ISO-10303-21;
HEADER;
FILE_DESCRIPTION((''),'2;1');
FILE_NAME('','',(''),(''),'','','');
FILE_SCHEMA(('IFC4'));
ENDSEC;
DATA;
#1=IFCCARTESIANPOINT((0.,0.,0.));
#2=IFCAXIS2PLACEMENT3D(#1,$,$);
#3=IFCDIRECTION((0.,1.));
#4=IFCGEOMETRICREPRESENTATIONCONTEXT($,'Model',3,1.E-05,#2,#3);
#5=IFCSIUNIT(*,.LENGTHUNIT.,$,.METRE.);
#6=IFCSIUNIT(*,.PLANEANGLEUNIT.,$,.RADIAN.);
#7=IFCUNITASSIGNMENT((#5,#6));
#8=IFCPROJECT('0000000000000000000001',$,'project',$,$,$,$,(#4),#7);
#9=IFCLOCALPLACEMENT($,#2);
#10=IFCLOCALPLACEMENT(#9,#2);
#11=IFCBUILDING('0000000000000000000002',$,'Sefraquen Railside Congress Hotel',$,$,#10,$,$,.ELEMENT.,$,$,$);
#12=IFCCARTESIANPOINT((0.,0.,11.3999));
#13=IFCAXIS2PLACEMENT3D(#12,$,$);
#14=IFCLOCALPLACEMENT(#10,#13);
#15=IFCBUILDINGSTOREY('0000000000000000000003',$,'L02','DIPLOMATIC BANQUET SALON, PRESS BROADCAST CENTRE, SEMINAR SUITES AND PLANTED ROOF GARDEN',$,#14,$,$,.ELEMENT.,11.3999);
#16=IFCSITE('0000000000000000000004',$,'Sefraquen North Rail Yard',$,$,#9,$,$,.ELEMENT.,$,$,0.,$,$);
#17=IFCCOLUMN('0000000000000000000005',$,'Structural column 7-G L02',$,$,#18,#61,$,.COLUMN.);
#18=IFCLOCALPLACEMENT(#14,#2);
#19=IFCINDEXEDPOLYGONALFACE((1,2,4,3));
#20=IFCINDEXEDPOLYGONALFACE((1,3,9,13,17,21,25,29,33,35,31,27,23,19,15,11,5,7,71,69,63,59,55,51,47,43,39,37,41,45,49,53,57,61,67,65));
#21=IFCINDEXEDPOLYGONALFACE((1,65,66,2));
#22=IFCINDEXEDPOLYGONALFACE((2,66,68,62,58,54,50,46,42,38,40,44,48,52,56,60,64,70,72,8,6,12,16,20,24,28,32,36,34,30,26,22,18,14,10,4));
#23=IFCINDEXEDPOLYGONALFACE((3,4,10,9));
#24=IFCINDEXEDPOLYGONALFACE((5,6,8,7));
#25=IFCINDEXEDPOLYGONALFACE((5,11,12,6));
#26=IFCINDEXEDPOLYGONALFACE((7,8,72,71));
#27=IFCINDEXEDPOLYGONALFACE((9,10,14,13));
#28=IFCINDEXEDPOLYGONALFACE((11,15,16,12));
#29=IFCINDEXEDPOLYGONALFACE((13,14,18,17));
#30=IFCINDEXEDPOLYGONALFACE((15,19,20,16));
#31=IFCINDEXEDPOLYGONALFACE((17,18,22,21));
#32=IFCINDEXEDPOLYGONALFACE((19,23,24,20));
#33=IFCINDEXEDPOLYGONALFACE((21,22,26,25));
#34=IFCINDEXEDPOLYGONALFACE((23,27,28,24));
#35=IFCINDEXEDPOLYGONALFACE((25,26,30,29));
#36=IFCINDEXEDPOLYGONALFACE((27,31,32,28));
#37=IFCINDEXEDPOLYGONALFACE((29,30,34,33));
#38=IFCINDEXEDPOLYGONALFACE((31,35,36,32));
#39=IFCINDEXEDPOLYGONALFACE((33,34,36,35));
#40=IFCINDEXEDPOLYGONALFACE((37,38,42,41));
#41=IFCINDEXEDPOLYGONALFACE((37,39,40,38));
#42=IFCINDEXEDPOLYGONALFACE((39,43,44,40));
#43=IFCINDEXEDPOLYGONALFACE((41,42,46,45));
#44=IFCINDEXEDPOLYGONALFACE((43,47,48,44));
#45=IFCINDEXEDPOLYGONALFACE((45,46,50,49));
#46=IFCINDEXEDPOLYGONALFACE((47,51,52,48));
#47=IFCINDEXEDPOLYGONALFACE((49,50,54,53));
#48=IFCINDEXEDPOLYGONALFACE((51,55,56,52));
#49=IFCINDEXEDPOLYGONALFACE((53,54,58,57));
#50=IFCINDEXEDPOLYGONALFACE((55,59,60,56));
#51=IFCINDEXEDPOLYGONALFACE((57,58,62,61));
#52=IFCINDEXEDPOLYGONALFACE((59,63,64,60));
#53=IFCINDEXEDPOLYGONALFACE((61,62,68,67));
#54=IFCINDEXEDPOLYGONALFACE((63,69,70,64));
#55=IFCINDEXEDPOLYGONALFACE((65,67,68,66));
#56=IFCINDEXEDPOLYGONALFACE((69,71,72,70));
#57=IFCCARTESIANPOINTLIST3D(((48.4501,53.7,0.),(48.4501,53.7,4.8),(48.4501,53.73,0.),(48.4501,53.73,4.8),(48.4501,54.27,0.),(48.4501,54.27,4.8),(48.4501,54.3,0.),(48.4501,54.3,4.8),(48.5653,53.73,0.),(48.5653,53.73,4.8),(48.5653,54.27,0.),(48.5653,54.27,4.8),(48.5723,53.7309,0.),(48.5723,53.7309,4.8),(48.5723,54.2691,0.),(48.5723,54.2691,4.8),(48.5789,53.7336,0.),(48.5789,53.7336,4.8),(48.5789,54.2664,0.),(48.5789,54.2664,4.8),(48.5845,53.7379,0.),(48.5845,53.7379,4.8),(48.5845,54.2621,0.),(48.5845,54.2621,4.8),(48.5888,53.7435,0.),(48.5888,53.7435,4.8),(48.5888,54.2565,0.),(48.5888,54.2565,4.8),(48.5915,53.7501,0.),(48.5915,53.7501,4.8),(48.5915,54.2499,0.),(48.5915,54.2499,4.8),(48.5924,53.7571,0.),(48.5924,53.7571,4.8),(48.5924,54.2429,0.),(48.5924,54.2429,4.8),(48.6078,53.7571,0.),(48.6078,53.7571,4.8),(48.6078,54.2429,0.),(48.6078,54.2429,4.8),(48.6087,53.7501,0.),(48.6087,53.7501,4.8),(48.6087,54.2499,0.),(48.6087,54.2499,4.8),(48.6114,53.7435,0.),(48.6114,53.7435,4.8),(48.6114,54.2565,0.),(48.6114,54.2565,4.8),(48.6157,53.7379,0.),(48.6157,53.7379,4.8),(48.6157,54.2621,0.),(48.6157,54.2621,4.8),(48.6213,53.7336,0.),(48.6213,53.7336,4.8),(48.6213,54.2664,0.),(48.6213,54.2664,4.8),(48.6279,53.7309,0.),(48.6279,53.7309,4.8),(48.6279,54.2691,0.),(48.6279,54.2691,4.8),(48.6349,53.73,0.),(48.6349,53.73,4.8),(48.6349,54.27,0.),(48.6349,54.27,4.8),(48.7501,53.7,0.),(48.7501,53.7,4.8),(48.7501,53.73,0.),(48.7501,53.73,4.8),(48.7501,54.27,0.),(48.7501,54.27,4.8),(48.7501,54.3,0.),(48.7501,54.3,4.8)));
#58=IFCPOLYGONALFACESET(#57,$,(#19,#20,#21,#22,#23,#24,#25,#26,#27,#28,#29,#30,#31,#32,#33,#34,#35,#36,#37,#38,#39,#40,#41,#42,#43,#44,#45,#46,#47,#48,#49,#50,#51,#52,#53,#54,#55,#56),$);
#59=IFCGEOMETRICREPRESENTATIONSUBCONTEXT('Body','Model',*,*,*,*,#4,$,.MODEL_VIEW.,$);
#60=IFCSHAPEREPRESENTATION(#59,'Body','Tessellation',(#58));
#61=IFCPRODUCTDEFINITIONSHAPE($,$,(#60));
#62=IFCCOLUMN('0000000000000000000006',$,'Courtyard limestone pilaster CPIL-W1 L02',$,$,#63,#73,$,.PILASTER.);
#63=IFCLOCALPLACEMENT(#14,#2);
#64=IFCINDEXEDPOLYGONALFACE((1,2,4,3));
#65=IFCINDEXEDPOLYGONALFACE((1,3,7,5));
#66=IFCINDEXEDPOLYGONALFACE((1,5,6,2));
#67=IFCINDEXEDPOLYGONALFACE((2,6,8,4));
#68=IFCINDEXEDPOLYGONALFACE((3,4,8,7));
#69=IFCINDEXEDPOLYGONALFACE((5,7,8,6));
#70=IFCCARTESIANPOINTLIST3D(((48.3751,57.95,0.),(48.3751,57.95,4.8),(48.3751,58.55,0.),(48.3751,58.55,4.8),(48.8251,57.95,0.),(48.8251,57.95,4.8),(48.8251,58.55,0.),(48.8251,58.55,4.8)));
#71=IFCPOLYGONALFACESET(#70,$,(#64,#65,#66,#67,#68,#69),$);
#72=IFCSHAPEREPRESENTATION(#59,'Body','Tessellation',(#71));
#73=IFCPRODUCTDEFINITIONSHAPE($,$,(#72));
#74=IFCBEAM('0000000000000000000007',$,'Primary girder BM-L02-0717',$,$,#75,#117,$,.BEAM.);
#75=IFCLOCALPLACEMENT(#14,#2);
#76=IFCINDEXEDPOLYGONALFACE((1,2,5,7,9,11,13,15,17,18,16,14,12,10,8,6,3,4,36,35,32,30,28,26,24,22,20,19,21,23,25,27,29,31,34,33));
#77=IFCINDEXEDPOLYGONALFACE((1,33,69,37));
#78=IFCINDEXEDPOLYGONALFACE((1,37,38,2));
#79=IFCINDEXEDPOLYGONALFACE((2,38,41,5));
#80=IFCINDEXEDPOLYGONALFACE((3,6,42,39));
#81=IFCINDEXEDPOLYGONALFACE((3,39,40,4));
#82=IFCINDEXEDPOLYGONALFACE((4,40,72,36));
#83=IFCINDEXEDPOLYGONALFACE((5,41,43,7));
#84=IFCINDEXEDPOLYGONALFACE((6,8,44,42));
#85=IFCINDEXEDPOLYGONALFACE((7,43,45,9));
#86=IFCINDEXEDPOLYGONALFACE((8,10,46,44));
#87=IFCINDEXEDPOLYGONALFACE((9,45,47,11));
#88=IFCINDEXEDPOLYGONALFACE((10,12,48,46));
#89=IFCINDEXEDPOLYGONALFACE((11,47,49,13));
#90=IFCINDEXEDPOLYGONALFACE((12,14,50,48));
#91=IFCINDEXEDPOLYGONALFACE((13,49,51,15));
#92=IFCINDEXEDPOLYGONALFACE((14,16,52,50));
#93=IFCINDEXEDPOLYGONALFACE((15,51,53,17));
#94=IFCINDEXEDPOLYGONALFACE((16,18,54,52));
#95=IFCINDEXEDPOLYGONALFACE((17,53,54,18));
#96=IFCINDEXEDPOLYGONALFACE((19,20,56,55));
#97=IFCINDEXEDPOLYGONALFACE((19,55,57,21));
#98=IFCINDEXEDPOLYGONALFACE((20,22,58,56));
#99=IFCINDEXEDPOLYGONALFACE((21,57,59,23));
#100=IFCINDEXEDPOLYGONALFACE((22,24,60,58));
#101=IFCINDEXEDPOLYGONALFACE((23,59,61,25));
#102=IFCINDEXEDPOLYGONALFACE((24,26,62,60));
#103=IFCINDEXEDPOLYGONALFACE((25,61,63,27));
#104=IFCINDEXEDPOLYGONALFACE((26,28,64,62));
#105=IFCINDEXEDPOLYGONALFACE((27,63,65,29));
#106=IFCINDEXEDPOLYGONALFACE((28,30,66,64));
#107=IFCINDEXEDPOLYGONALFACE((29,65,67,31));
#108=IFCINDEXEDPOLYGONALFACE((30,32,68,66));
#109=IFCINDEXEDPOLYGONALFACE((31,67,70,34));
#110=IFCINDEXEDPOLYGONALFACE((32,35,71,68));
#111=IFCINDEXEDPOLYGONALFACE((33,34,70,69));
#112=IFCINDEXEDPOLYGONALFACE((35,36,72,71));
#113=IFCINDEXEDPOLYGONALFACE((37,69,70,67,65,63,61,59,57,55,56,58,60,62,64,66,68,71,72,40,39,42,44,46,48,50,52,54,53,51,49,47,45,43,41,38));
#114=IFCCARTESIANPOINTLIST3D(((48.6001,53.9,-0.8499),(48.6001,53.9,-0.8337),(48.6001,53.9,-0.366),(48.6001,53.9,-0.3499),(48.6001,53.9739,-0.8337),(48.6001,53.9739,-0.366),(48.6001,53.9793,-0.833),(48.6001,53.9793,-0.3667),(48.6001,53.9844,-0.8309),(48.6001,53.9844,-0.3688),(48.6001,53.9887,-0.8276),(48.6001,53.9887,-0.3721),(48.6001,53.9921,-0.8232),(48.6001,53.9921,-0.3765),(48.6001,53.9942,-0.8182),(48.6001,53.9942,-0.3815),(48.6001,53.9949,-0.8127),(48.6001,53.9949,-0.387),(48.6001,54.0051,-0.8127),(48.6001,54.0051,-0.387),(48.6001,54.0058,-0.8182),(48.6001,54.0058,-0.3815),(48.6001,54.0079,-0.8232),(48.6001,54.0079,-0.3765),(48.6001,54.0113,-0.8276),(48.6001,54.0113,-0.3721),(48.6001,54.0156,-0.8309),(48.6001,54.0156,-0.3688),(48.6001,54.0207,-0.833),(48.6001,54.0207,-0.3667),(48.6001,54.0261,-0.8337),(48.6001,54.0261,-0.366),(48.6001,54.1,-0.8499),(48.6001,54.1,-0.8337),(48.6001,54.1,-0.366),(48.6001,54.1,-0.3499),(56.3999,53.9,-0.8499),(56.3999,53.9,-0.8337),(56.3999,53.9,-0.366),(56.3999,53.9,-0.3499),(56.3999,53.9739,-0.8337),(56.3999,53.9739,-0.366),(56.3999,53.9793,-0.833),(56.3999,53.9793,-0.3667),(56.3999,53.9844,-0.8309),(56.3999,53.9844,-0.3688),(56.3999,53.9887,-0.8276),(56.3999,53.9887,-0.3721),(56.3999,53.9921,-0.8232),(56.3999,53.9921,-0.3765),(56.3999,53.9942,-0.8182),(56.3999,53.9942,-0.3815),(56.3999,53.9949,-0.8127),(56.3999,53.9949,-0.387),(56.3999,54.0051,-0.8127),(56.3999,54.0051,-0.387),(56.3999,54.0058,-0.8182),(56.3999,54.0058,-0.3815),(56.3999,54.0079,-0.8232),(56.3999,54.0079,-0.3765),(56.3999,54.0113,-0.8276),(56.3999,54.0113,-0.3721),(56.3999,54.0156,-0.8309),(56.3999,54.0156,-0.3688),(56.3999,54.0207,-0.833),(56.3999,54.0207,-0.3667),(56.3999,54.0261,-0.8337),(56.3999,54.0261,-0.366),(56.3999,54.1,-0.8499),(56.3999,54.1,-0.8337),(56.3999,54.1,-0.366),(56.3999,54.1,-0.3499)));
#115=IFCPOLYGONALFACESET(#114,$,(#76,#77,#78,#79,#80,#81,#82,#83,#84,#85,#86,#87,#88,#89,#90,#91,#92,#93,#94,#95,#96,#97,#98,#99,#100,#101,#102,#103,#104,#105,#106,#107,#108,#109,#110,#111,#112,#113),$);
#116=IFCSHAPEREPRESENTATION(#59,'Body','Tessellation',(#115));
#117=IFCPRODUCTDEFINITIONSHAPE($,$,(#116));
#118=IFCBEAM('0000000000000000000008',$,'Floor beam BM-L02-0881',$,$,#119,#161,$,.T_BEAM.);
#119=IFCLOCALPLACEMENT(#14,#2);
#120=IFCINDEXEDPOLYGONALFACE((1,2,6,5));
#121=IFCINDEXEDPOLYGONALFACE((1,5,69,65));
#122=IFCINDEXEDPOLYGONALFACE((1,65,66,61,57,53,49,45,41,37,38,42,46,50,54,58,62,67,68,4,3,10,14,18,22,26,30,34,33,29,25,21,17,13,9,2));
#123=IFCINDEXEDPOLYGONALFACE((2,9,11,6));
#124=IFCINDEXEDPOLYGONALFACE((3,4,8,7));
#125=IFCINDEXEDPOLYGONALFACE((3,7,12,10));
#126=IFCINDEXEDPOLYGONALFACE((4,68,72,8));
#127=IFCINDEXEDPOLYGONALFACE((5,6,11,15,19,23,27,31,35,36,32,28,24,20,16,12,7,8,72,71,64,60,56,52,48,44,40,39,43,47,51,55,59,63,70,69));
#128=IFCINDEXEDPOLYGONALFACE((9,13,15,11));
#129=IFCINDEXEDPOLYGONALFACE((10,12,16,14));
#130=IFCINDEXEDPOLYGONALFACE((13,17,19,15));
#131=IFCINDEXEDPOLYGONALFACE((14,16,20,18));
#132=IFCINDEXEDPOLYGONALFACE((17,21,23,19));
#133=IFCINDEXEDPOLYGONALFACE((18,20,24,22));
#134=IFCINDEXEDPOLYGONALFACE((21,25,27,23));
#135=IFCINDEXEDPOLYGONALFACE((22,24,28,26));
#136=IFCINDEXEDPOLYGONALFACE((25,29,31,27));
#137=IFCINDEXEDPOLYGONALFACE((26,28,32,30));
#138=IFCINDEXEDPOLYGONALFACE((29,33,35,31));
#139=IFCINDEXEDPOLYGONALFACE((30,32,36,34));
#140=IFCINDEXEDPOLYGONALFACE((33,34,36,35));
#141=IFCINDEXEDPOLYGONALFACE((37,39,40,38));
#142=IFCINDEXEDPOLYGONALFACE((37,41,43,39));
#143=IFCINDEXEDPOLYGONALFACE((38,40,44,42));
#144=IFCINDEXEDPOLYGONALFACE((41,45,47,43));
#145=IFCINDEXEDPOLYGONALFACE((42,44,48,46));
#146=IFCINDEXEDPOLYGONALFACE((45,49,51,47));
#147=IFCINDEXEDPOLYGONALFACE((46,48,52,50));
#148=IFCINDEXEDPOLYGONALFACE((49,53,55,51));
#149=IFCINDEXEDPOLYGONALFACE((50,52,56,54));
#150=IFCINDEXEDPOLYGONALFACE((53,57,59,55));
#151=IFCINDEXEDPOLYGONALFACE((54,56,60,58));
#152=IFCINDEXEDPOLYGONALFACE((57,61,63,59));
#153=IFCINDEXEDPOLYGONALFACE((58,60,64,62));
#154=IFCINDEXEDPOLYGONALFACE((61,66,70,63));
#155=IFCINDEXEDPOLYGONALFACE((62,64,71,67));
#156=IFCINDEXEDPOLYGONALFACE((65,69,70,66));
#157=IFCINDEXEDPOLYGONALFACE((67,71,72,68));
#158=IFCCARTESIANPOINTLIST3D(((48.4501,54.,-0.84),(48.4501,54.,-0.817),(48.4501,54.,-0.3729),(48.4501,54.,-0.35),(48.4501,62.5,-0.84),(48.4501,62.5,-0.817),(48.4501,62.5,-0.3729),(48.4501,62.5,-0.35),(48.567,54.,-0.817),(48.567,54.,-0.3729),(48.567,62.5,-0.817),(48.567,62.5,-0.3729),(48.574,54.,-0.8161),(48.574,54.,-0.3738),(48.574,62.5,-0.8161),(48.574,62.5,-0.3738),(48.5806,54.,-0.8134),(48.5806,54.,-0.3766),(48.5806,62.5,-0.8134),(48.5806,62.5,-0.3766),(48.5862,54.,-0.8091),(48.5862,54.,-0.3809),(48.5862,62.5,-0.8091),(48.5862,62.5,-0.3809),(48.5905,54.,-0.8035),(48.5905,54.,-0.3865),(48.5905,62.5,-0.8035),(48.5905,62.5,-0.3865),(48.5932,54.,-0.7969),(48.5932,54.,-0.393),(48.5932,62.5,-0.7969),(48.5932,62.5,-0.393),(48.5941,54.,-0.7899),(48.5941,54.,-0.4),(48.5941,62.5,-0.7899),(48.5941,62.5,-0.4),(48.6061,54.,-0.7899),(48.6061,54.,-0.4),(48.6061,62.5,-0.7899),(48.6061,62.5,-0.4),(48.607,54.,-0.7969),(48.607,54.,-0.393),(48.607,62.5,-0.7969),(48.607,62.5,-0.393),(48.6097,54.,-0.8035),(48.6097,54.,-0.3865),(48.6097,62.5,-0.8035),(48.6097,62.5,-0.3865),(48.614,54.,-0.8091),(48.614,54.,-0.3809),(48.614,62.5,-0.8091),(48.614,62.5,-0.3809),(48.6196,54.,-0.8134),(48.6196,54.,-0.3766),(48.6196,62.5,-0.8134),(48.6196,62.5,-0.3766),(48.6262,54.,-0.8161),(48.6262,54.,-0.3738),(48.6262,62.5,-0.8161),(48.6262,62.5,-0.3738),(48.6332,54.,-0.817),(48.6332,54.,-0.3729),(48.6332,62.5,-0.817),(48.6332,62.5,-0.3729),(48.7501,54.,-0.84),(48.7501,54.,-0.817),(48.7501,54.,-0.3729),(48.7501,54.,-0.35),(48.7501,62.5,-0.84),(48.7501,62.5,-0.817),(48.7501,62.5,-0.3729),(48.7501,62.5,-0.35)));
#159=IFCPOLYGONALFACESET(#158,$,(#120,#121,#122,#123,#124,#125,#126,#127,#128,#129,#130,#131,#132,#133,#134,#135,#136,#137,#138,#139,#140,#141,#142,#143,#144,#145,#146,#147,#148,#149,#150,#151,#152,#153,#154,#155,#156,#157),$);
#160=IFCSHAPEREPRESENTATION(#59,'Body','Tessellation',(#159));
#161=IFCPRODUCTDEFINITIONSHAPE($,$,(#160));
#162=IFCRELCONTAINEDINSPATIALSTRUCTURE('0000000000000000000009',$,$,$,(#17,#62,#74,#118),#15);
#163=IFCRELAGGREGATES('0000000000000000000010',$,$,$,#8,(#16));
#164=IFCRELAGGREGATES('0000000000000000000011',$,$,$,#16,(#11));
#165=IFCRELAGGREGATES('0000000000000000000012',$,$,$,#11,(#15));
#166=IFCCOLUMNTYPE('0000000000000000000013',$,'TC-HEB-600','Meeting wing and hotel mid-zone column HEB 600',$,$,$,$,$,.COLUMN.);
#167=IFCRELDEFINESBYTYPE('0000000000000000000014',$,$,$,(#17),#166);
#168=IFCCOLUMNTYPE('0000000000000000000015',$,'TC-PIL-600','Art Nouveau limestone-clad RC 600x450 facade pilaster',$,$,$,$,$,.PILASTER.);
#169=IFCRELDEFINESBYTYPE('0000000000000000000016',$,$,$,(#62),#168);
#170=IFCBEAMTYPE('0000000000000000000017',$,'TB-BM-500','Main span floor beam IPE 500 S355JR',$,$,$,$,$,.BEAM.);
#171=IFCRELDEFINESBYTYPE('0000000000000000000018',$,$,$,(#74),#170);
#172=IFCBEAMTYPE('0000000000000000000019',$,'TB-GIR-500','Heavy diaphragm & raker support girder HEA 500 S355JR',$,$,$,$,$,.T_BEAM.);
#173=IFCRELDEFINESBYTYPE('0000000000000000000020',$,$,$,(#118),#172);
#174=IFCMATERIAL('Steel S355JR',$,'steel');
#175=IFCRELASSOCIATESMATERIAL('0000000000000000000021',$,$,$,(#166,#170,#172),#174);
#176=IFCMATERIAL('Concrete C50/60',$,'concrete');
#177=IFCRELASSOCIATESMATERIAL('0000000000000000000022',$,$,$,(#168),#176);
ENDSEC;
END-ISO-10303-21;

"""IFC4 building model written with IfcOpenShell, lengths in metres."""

from ifc_helpers import new_model, si_unit, direction, frame, origin, origin_2d, place, context, subcontext, project, spatial, rectangle, i_section, extrude, material, material_profile, profile_set, type_object, element, save


model = new_model("IFC4")

# Units and contexts
model_context = context("Model", 3, precision=1e-05, world=origin(), true_north=direction((0.0, 1.0)))
body_context = subcontext(model_context, "Body", "Model", "MODEL_VIEW")
ifc_project = project(units=[si_unit("LENGTHUNIT", "METRE"), si_unit("PLANEANGLEUNIT", "RADIAN")], contexts=[model_context])

# Site, building, storey
site_placement = place(None, origin())
site = spatial("IfcSite", under=ifc_project, at=site_placement, Name="Sefraquen North Rail Yard", CompositionType="ELEMENT", RefElevation=0.0)
building_placement = place(site_placement, origin())
building = spatial("IfcBuilding", under=site, at=building_placement, Name="Sefraquen Railside Congress Hotel", CompositionType="ELEMENT")
storey_placement = place(building_placement, frame((0.0, 0.0, 11.3999)))
storey = spatial("IfcBuildingStorey", under=building, at=storey_placement, Name="L02", Description="DIPLOMATIC BANQUET SALON, PRESS BROADCAST CENTRE, SEMINAR SUITES AND PLANTED ROOF GARDEN", CompositionType="ELEMENT", Elevation=11.3999)

# Columns
ifc_material_1 = material(Name="Steel S355JR", Category="steel")
ifc_material_profile_1 = material_profile(ifc_material_1, i_section(OverallWidth=0.3, OverallDepth=0.6001, WebThickness=0.0154, FlangeThickness=0.03, FilletRadius=0.0271, at=origin_2d()), Name="HEB 600")
ifc_profile_set_1 = profile_set([ifc_material_profile_1], Name="Steel S355JR")
column_type_1 = type_object("IfcColumnType", Name="TC-HEB-600", Description="Meeting wing and hotel mid-zone column HEB 600", PredefinedType="COLUMN", material=ifc_profile_set_1)
column_1_placement = place(storey_placement, frame((48.6001, 54.0, 0.0), z_axis=(0.0, 0.0, 1.0), x_axis=(1.0, 0.0, 0.0)))
element("IfcColumn", 1, at=column_1_placement, inside=storey, type_object=column_type_1, Name="Structural column 7-G L02", PredefinedType="COLUMN", context=body_context, shape_type="SweptSolid", body=[
    extrude(i_section(OverallWidth=0.3, OverallDepth=0.6001, WebThickness=0.0154, FlangeThickness=0.03, FilletRadius=0.0271, at=origin_2d()), origin(), (0.0, 0.0, 1.0), 4.8),
])
ifc_material_2 = material(Name="Concrete C50/60", Category="concrete")
ifc_material_profile_2 = material_profile(ifc_material_2, rectangle(XDim=0.45, YDim=0.6001, at=origin_2d()), Name="RC 600x450")
ifc_profile_set_2 = profile_set([ifc_material_profile_2], Name="Concrete C50/60")
column_type_2 = type_object("IfcColumnType", Name="TC-PIL-600", Description="Art Nouveau limestone-clad RC 600x450 facade pilaster", PredefinedType="PILASTER", material=ifc_profile_set_2)
column_2_placement = place(storey_placement, frame((48.6001, 58.25, 0.0), z_axis=(0.0, 0.0, 1.0), x_axis=(1.0, 0.0, 0.0)))
element("IfcColumn", 2, at=column_2_placement, inside=storey, type_object=column_type_2, Name="Courtyard limestone pilaster CPIL-W1 L02", PredefinedType="PILASTER", context=body_context, shape_type="SweptSolid", body=[
    extrude(rectangle(XDim=0.45, YDim=0.6001, at=origin_2d()), origin(), (0.0, 0.0, 1.0), 4.8),
])

# Beams
ifc_material_profile_3 = material_profile(ifc_material_1, i_section(OverallWidth=0.2, OverallDepth=0.5, WebThickness=0.0103, FlangeThickness=0.0161, FilletRadius=0.021, at=origin_2d()), Name="IPE 500")
ifc_profile_set_3 = profile_set([ifc_material_profile_3], Name="Steel S355JR")
beam_type_1 = type_object("IfcBeamType", Name="TB-BM-500", Description="Main span floor beam IPE 500 S355JR", PredefinedType="BEAM", material=ifc_profile_set_3)
beam_1_placement = place(storey_placement, frame((48.6001, 54.0, -0.5999), z_axis=(1.0, 0.0, 0.0), x_axis=(0.0, 1.0, 0.0)))
element("IfcBeam", 3, at=beam_1_placement, inside=storey, type_object=beam_type_1, Name="Primary girder BM-L02-0717", PredefinedType="BEAM", context=body_context, shape_type="SweptSolid", body=[
    extrude(i_section(OverallWidth=0.2, OverallDepth=0.5, WebThickness=0.0103, FlangeThickness=0.0161, FilletRadius=0.021, at=origin_2d()), origin(), (0.0, 0.0, 1.0), 7.7998),
])
ifc_material_profile_4 = material_profile(ifc_material_1, i_section(OverallWidth=0.3, OverallDepth=0.49, WebThickness=0.012, FlangeThickness=0.0229, FilletRadius=0.0271, at=origin_2d()), Name="HEA 500")
ifc_profile_set_4 = profile_set([ifc_material_profile_4], Name="Steel S355JR")
beam_type_2 = type_object("IfcBeamType", Name="TB-GIR-500", Description="Heavy diaphragm & raker support girder HEA 500 S355JR", PredefinedType="T_BEAM", material=ifc_profile_set_4)
beam_2_placement = place(storey_placement, frame((48.6001, 54.0, -0.595), z_axis=(0.0, 1.0, 0.0), x_axis=(-1.0, 0.0, 0.0)))
element("IfcBeam", 4, at=beam_2_placement, inside=storey, type_object=beam_type_2, Name="Floor beam BM-L02-0881", PredefinedType="T_BEAM", context=body_context, shape_type="SweptSolid", body=[
    extrude(i_section(OverallWidth=0.3, OverallDepth=0.49, WebThickness=0.012, FlangeThickness=0.0229, FilletRadius=0.0271, at=origin_2d()), origin(), (0.0, 0.0, 1.0), 8.5),
])

save(model, "model.ifc")
